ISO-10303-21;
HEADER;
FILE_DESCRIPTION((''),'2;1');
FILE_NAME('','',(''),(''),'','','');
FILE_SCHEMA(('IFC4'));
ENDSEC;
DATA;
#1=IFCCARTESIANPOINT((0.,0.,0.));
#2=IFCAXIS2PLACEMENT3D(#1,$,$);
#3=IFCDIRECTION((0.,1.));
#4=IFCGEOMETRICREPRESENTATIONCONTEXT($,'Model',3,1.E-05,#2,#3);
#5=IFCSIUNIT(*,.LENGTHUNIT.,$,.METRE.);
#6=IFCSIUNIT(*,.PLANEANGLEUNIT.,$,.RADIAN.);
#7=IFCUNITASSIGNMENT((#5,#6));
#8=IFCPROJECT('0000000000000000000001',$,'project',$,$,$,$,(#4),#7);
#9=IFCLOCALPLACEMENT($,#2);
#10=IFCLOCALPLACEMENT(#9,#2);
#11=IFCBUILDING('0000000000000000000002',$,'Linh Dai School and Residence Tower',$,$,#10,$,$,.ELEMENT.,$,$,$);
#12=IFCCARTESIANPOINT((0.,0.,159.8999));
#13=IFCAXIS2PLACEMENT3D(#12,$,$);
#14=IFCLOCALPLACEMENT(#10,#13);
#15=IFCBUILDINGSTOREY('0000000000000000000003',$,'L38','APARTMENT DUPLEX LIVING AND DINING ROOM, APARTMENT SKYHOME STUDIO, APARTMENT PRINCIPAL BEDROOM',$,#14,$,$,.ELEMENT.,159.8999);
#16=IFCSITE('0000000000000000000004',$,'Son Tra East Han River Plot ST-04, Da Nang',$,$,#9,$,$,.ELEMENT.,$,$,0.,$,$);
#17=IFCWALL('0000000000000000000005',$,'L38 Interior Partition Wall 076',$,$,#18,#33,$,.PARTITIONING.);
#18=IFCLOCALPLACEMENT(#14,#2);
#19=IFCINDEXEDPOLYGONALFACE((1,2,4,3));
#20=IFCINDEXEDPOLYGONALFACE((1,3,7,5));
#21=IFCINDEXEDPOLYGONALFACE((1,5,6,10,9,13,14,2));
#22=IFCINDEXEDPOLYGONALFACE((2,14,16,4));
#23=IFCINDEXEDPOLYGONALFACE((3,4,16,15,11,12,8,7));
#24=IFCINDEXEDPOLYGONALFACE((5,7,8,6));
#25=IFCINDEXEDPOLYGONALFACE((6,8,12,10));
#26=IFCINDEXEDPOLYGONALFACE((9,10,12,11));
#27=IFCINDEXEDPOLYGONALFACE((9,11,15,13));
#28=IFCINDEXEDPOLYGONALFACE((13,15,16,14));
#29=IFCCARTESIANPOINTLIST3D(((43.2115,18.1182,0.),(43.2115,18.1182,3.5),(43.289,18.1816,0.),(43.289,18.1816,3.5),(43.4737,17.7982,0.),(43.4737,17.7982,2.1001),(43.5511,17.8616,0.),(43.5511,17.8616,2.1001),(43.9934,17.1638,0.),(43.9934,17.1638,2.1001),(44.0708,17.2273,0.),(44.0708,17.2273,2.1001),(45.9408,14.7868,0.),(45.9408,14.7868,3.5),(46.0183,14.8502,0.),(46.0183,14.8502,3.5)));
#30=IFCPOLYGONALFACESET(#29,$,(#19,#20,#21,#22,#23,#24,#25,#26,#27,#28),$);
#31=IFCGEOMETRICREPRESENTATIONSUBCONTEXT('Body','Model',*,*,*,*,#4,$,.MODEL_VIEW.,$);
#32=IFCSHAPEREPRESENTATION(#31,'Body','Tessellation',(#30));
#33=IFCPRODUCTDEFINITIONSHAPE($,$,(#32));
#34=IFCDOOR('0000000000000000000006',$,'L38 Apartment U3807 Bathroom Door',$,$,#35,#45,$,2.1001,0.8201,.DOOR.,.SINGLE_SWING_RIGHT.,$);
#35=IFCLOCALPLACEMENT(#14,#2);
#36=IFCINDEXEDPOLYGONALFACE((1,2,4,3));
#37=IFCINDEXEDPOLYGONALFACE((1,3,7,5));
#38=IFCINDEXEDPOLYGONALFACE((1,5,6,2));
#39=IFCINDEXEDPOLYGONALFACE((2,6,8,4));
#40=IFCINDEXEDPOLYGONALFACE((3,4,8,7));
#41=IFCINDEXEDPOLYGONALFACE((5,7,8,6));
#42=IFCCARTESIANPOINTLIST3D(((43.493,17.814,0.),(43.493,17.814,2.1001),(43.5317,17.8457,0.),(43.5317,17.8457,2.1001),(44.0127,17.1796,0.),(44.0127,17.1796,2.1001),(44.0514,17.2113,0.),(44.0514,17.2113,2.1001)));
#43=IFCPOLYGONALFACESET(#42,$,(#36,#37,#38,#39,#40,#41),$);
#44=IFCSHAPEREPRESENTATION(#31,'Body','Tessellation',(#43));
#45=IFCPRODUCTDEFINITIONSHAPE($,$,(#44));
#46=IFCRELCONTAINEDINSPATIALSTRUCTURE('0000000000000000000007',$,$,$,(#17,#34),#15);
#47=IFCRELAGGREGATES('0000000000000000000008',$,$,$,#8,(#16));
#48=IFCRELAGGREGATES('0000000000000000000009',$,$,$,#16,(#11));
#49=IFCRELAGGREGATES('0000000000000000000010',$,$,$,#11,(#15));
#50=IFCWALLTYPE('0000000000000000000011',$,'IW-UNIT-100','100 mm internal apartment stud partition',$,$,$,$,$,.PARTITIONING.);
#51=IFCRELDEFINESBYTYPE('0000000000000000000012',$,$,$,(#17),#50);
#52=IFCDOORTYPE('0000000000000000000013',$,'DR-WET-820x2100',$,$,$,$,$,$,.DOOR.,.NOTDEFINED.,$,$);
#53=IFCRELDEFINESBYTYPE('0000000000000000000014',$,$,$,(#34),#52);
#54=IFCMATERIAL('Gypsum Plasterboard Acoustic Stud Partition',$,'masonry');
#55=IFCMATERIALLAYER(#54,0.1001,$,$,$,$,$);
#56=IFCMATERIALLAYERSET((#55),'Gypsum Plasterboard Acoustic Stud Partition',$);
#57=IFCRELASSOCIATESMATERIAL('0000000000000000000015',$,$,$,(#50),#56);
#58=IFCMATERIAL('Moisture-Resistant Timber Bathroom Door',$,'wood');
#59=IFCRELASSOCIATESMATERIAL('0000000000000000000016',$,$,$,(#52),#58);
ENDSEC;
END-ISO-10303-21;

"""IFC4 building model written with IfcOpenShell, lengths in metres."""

from ifc_helpers import new_model, si_unit, direction, frame, frame_2d, origin, origin_2d, place, context, subcontext, project, spatial, rectangle, extrude, source, transform, mapped, material, layer, layer_set, type_object, element, fill, save


model = new_model("IFC4")

# Units and contexts
model_context = context("Model", 3, precision=1e-05, world=origin(), true_north=direction((0.0, 1.0)))
body_context = subcontext(model_context, "Body", "Model", "MODEL_VIEW")
ifc_project = project(units=[si_unit("LENGTHUNIT", "METRE"), si_unit("PLANEANGLEUNIT", "RADIAN")], contexts=[model_context])

# Site, building, storey
site_placement = place(None, origin())
site = spatial("IfcSite", under=ifc_project, at=site_placement, Name="Son Tra East Han River Plot ST-04, Da Nang", CompositionType="ELEMENT", RefElevation=0.0)
building_placement = place(site_placement, origin())
building = spatial("IfcBuilding", under=site, at=building_placement, Name="Linh Dai School and Residence Tower", CompositionType="ELEMENT")
storey_placement = place(building_placement, frame((0.0, 0.0, 159.8999)))
storey = spatial("IfcBuildingStorey", under=building, at=storey_placement, Name="L38", Description="APARTMENT DUPLEX LIVING AND DINING ROOM, APARTMENT SKYHOME STUDIO, APARTMENT PRINCIPAL BEDROOM", CompositionType="ELEMENT", Elevation=159.8999)

# Shared definitions
ifc_material_1 = material(Name="Gypsum Plasterboard Acoustic Stud Partition", Category="masonry")
ifc_layer_1 = layer(ifc_material_1, 0.1001)
ifc_layer_set_1 = layer_set([ifc_layer_1], Name="Gypsum Plasterboard Acoustic Stud Partition")
wall_type_1 = type_object("IfcWallType", Name="IW-UNIT-100", Description="100 mm internal apartment stud partition", PredefinedType="PARTITIONING", material=ifc_layer_set_1)

# Wall, opening, door
wall_1_placement = place(storey_placement, frame((43.2502, 18.1499, 0.0), z_axis=(0.0, 0.0, 1.0), x_axis=(0.633744, -0.773543, 0.0)))
wall_1 = element("IfcWall", 1, at=wall_1_placement, inside=storey, type_object=wall_type_1, Name="L38 Interior Partition Wall 076", PredefinedType="PARTITIONING", context=body_context, shape_type="SweptSolid", body=[
    extrude(rectangle(XDim=4.3066, YDim=0.1001, at=frame_2d((2.1533, 0.0))), origin(), (0.0, 0.0, 1.0), 3.5),
])
opening_1_placement = place(wall_1_placement, frame((0.4136, 0.0, 0.0)))
opening_1 = element("IfcOpeningElement", 2, at=opening_1_placement, cuts=wall_1, PredefinedType="OPENING", context=body_context, shape_type="SweptSolid", body=[
    extrude(rectangle(XDim=0.8201, YDim=2.1001, at=origin_2d()), frame((0.4102, 0.0601, 1.05), z_axis=(0.0, -1.0, 0.0), x_axis=(1.0, 0.0, 0.0)), (0.0, 0.0, 1.0), 0.1201),
])
ifc_material_2 = material(Name="Moisture-Resistant Timber Bathroom Door", Category="wood")
door_type_1 = type_object("IfcDoorType", Name="DR-WET-820x2100", OperationType="NOTDEFINED", PredefinedType="DOOR", material=ifc_material_2)
shared_shape_1 = source(origin(), body_context, "Body", "SweptSolid", [
    extrude(rectangle(XDim=0.8201, YDim=2.1001, at=origin_2d()), frame((0.4102, 0.0249, 1.05), z_axis=(0.0, -1.0, 0.0), x_axis=(1.0, 0.0, 0.0)), (0.0, 0.0, 1.0), 0.05),
])
door_1_placement = place(opening_1_placement, origin())
door_1 = element("IfcDoor", 3, at=door_1_placement, inside=storey, type_object=door_type_1, Name="L38 Apartment U3807 Bathroom Door", OperationType="SINGLE_SWING_RIGHT", OverallHeight=2.1001, OverallWidth=0.8201, PredefinedType="DOOR", context=body_context, shape_type="MappedRepresentation", body=[
    mapped(shared_shape_1, transform((0.0, 0.0, 0.0), x_axis=(1.0, 0.0, 0.0), y_axis=(0.0, 1.0, 0.0), z_axis=(0.0, 0.0, 1.0), scale=1.0)),
])
fill(opening_1, door_1)

save(model, "model.ifc")
